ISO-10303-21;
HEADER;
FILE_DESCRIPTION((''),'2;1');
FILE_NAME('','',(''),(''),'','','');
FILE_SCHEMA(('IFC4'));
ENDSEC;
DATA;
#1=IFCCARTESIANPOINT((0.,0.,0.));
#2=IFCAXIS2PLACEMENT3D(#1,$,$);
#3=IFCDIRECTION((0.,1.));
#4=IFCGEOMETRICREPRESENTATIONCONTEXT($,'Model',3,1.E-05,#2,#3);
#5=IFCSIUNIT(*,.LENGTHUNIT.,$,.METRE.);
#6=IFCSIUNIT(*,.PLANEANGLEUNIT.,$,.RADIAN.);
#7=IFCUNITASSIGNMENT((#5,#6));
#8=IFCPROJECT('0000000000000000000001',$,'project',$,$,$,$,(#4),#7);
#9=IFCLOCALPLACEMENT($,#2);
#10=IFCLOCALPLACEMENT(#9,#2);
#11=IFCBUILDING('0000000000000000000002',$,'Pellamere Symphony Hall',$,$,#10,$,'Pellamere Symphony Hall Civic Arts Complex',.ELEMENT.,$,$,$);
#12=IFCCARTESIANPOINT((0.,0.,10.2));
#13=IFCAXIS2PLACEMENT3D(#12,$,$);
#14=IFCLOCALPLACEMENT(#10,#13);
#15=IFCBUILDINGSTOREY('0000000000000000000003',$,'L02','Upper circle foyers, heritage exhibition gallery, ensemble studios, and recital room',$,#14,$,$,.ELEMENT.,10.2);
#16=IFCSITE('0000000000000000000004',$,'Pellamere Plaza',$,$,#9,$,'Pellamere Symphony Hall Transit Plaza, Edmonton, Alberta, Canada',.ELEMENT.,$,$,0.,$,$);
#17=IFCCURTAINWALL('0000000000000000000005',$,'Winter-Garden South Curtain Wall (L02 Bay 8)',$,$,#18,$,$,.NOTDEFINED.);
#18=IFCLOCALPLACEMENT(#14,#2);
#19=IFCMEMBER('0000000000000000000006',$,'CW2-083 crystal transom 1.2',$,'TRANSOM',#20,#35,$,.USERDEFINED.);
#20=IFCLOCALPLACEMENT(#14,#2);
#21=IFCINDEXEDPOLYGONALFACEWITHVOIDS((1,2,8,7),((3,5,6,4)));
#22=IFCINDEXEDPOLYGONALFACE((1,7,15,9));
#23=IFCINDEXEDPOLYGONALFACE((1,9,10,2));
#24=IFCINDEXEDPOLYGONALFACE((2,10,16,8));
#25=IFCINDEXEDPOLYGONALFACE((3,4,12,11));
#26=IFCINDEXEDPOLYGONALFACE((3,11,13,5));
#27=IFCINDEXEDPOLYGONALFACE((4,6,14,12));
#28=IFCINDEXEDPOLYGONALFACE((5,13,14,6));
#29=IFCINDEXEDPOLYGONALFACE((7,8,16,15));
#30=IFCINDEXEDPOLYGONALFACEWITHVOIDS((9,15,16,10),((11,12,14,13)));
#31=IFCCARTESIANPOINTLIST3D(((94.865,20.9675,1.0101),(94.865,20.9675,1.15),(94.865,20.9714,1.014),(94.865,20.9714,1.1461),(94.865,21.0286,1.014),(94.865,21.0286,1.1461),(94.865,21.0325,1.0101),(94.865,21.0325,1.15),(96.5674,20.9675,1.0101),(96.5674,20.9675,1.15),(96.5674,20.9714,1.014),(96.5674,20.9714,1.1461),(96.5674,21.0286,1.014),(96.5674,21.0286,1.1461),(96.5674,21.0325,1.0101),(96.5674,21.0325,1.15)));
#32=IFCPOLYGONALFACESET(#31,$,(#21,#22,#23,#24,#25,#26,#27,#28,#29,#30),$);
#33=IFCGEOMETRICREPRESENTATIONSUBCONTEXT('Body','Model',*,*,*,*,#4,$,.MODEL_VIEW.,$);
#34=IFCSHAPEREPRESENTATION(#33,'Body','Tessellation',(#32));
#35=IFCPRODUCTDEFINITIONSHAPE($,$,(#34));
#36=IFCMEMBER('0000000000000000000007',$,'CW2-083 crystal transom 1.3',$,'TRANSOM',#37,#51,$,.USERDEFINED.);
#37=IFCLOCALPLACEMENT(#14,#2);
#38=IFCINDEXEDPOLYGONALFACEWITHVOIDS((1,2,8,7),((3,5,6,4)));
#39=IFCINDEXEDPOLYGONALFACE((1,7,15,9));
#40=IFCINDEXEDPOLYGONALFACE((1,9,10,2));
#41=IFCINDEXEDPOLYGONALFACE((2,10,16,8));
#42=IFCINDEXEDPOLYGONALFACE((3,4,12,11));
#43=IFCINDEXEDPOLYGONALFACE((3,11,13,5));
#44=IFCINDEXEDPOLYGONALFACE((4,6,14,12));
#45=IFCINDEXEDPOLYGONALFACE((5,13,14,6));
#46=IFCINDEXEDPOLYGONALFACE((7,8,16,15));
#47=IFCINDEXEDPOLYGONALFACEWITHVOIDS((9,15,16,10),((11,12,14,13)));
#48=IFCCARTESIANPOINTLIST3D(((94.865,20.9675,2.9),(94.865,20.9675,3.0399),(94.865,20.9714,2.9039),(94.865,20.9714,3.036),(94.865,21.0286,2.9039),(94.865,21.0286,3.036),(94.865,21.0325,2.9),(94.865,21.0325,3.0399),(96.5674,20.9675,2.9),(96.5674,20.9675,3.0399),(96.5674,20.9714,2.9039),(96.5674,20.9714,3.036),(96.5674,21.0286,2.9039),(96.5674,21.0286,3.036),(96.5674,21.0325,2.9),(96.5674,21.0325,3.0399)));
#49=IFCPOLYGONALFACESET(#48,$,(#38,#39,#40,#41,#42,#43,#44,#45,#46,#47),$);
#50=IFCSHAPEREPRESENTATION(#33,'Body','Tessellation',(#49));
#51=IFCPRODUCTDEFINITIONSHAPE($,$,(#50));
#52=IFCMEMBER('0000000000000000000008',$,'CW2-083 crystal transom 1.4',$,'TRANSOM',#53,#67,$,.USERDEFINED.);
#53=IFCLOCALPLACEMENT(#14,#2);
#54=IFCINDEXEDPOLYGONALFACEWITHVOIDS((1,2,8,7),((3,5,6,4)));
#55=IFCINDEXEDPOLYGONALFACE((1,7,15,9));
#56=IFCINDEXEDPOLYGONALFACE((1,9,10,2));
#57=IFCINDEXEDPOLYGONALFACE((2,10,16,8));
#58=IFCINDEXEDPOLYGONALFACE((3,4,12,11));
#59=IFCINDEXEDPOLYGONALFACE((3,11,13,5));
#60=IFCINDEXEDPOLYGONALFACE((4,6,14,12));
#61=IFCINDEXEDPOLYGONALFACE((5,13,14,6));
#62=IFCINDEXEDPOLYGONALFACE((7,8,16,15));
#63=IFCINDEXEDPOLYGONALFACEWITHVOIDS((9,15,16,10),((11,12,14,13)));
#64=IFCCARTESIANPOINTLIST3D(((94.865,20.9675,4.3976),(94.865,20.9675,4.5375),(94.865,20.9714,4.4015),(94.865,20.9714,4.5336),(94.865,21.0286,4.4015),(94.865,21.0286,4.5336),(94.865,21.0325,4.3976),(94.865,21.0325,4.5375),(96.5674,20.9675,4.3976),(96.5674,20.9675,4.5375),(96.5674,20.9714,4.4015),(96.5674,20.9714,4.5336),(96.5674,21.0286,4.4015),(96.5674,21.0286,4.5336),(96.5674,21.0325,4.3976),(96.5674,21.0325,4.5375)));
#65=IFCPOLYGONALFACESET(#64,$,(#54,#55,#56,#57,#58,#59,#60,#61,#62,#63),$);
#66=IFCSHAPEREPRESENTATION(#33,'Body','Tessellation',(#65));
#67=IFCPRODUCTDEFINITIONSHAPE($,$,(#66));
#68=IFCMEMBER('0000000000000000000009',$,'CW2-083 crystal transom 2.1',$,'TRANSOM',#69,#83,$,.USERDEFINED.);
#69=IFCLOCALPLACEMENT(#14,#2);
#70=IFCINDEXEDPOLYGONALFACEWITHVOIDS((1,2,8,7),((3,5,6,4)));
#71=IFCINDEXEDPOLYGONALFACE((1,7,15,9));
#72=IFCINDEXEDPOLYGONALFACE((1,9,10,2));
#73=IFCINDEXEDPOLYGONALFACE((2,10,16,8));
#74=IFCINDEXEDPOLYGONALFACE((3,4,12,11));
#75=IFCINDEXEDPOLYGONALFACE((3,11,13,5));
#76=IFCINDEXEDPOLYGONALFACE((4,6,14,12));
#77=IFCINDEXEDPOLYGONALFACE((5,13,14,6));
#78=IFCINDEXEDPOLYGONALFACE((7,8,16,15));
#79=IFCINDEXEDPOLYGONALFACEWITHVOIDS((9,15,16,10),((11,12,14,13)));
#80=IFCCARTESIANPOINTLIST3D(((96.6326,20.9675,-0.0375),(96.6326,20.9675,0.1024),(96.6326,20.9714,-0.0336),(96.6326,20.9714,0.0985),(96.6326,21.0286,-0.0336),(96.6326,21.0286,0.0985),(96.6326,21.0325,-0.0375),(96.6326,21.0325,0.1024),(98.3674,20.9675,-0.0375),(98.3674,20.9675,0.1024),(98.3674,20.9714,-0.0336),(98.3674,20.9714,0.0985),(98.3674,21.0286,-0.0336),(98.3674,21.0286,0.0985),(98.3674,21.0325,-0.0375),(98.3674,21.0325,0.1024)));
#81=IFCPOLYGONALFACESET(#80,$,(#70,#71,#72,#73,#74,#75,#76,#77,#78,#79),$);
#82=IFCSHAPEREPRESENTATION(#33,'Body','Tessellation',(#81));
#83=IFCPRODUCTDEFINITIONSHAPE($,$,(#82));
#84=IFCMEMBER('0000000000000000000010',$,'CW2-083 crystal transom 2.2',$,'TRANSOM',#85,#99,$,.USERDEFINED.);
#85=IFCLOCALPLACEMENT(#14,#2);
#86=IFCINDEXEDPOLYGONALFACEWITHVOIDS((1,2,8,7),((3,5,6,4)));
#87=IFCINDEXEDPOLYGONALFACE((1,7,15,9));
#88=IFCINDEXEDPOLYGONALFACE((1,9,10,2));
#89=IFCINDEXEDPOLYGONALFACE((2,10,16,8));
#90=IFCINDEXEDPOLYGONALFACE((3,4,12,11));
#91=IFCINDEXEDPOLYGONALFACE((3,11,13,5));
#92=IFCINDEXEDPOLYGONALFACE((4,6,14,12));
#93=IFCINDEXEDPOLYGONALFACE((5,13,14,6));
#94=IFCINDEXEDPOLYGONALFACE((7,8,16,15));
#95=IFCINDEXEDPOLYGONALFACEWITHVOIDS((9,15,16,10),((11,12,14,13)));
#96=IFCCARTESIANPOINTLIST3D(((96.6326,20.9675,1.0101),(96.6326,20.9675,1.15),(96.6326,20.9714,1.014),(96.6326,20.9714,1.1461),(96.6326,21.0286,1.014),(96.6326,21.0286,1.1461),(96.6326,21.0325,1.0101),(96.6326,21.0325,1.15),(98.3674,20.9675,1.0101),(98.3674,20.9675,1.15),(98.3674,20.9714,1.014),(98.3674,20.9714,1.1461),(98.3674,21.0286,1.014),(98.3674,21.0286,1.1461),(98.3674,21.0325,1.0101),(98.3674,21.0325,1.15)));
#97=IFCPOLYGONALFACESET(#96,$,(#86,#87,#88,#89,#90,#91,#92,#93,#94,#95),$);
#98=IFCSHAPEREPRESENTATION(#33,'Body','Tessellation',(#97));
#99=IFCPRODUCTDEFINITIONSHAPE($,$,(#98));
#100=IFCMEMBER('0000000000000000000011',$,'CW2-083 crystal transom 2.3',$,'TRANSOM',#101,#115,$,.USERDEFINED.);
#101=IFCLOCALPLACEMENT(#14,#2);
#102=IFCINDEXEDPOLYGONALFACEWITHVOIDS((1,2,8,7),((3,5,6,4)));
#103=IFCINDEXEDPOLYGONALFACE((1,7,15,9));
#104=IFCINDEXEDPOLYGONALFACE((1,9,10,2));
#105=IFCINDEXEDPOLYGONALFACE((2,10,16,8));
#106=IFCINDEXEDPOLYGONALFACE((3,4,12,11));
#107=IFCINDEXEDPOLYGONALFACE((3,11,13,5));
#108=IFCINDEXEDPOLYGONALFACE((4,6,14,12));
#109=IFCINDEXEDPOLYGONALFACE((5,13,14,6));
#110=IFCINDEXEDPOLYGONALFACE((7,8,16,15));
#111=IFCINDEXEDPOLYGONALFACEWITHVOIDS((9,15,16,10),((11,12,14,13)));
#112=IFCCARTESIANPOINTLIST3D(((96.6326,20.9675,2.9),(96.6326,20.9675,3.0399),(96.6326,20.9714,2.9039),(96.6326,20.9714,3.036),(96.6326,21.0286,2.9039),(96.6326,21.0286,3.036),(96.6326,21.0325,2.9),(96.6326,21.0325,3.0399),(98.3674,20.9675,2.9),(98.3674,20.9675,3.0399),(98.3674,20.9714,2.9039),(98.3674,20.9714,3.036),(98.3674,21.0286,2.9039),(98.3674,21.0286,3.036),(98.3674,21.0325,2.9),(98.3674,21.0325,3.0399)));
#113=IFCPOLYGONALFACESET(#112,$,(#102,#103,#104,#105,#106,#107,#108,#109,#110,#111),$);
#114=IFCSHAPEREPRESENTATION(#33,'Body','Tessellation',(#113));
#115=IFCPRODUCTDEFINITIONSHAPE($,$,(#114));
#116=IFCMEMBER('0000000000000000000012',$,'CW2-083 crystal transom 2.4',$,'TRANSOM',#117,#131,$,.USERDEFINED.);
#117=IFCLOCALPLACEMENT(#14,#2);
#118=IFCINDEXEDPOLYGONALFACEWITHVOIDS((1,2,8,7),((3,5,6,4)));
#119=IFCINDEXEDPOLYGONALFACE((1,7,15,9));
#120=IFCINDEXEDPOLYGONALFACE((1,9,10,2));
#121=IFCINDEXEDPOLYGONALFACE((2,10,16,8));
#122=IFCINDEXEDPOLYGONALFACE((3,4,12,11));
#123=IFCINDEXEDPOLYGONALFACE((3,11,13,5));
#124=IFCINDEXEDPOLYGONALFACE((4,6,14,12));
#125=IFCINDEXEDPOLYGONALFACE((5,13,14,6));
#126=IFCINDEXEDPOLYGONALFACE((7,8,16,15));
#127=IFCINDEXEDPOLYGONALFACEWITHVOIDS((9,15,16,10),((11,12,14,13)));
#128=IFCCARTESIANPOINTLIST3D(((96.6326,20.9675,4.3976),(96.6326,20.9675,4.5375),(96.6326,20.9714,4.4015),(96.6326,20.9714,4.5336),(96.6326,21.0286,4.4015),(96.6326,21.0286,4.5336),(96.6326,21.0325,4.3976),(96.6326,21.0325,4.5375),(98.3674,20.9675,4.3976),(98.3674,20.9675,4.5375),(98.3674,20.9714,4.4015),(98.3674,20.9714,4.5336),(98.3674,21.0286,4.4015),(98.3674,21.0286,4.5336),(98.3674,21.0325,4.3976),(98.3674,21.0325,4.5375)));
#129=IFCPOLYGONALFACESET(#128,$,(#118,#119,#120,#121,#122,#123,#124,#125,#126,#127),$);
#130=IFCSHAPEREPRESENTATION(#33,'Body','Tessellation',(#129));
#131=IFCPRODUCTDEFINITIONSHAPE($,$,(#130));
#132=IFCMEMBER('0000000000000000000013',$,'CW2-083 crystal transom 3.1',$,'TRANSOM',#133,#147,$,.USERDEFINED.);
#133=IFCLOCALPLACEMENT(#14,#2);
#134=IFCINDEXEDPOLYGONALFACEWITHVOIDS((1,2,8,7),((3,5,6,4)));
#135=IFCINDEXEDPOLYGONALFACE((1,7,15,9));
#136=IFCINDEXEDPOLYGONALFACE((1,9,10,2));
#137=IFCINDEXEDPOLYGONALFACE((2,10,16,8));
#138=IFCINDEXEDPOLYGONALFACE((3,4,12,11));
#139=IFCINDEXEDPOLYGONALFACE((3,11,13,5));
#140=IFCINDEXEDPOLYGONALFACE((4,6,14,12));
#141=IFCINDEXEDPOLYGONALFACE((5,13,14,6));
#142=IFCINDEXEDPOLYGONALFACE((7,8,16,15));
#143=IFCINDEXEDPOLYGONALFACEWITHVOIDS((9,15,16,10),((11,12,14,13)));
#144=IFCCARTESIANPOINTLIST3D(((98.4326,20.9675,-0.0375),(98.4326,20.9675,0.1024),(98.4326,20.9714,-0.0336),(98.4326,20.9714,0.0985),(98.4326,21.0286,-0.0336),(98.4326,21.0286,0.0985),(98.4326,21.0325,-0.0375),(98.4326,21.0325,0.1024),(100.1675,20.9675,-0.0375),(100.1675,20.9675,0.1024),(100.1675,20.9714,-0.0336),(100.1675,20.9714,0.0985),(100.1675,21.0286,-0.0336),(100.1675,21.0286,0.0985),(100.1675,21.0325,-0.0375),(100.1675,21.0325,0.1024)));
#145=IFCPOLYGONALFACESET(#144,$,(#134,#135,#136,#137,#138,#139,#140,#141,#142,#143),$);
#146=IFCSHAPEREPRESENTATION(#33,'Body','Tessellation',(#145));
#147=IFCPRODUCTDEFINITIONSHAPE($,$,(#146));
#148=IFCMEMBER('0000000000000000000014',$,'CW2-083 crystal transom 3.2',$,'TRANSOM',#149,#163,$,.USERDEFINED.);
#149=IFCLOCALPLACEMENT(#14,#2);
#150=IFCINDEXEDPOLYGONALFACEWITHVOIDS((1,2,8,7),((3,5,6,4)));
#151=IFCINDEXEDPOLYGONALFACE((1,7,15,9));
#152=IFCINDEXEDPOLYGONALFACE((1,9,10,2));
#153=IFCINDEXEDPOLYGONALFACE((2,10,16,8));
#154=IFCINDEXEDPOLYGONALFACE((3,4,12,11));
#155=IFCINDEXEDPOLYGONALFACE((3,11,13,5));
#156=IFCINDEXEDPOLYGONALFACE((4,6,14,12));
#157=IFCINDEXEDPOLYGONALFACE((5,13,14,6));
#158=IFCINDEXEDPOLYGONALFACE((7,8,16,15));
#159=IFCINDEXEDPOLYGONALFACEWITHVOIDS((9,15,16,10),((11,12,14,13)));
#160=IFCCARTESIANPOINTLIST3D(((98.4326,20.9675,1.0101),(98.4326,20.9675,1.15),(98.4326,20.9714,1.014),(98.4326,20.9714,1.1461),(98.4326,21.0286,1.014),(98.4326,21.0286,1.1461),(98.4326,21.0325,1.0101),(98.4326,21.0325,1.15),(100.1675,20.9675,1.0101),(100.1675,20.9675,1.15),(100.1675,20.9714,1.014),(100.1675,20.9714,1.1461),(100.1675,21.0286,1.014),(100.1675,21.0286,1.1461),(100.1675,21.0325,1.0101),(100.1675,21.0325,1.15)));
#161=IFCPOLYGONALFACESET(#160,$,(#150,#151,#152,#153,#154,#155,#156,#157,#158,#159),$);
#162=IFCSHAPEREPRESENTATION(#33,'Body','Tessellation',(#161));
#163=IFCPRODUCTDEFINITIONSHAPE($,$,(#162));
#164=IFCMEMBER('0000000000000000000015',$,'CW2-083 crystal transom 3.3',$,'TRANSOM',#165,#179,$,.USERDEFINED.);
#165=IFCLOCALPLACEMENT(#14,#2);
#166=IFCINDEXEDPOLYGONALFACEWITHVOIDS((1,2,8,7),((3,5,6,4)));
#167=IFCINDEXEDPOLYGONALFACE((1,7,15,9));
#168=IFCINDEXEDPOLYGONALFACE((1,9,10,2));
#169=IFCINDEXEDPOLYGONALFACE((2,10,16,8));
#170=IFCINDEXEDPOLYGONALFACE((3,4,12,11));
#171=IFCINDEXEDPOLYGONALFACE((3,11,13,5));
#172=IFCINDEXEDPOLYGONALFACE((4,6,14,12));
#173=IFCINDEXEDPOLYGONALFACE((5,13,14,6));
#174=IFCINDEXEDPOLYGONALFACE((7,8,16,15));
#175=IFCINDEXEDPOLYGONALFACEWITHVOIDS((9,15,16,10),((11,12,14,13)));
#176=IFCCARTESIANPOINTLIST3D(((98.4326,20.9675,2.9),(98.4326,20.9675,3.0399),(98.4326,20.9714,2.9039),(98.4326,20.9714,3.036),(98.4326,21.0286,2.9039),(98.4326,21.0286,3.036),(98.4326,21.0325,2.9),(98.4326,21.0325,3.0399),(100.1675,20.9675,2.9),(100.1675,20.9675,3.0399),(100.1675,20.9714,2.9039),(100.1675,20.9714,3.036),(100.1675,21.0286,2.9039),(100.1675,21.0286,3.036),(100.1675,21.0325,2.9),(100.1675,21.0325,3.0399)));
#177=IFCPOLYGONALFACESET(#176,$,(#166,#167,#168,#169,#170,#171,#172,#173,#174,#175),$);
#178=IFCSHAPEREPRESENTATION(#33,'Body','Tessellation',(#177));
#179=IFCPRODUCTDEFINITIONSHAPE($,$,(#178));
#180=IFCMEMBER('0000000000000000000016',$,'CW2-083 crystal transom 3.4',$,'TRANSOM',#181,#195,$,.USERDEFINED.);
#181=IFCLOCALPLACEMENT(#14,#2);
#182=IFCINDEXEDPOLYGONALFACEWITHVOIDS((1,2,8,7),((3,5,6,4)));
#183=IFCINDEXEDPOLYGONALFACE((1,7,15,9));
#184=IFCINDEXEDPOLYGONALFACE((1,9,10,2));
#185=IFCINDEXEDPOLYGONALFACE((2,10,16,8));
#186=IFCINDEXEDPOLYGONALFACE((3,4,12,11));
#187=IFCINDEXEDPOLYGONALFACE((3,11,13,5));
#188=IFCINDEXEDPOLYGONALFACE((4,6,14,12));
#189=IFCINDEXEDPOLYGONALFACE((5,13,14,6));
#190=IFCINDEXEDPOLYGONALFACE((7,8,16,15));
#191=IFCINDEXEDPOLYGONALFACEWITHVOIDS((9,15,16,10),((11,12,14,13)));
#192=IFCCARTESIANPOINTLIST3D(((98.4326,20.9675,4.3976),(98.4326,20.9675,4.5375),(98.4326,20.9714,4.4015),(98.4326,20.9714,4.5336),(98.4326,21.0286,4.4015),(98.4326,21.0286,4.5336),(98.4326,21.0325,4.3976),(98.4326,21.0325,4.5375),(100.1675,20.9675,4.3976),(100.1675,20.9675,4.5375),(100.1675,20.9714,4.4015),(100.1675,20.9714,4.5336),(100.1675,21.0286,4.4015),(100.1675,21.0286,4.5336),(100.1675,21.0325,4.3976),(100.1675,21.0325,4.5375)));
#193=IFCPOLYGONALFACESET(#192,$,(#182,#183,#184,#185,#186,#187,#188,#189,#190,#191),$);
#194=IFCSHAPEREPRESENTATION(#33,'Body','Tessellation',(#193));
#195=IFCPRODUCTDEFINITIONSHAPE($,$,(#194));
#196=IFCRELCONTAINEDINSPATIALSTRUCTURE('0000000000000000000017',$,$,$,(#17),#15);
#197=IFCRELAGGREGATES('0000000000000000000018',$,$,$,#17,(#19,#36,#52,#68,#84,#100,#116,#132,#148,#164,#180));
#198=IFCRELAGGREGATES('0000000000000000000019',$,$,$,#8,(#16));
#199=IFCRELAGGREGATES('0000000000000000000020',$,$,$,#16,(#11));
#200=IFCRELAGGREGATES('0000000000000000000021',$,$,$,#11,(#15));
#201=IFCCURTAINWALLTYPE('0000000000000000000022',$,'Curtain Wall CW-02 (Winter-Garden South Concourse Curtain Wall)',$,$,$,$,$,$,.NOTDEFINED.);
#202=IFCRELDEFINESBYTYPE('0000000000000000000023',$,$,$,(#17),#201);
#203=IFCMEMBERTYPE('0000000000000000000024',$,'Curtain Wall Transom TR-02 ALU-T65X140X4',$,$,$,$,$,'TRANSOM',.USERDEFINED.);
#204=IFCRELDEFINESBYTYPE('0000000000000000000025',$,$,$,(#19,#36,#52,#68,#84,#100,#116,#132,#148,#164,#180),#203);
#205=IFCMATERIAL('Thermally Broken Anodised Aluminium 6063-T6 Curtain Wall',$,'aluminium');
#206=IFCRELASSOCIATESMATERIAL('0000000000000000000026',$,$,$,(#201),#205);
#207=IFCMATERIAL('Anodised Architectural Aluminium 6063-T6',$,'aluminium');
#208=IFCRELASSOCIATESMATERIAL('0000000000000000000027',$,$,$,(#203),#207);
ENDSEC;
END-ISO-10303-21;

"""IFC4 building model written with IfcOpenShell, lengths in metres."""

from ifc_helpers import new_model, si_unit, direction, frame, origin, origin_2d, place, context, subcontext, project, spatial, hollow_rectangle, extrude, material, material_profile, profile_set, type_object, element, aggregate, save


model = new_model("IFC4")

# Units and contexts
model_context = context("Model", 3, precision=1e-05, world=origin(), true_north=direction((0.0, 1.0)))
body_context = subcontext(model_context, "Body", "Model", "MODEL_VIEW")
ifc_project = project(units=[si_unit("LENGTHUNIT", "METRE"), si_unit("PLANEANGLEUNIT", "RADIAN")], contexts=[model_context])

# Site, building, storey
site_placement = place(None, origin())
site = spatial("IfcSite", under=ifc_project, at=site_placement, Name="Pellamere Plaza", LongName="Pellamere Symphony Hall Transit Plaza, Edmonton, Alberta, Canada", CompositionType="ELEMENT", RefElevation=0.0)
building_placement = place(site_placement, origin())
building = spatial("IfcBuilding", under=site, at=building_placement, Name="Pellamere Symphony Hall", LongName="Pellamere Symphony Hall Civic Arts Complex", CompositionType="ELEMENT")
storey_placement = place(building_placement, frame((0.0, 0.0, 10.2)))
storey = spatial("IfcBuildingStorey", under=building, at=storey_placement, Name="L02", Description="Upper circle foyers, heritage exhibition gallery, ensemble studios, and recital room", CompositionType="ELEMENT", Elevation=10.2)

# Shared definitions
ifc_material_1 = material(Name="Thermally Broken Anodised Aluminium 6063-T6 Curtain Wall", Category="aluminium")
curtain_wall_type = type_object("IfcCurtainWallType", Name="Curtain Wall CW-02 (Winter-Garden South Concourse Curtain Wall)", PredefinedType="NOTDEFINED", material=ifc_material_1)
ifc_material_2 = material(Name="Anodised Architectural Aluminium 6063-T6", Category="aluminium")

# Curtain wall
curtain_wall_1_placement = place(storey_placement, origin())
curtain_wall_1 = element("IfcCurtainWall", 1, at=curtain_wall_1_placement, inside=storey, type_object=curtain_wall_type, Name="Winter-Garden South Curtain Wall (L02 Bay 8)", PredefinedType="NOTDEFINED")

# Members
ifc_material_profile_1 = material_profile(ifc_material_2, hollow_rectangle(XDim=0.0649, YDim=0.1399, WallThickness=0.0039, at=origin_2d()), Name="ALU-T65X140X4")
ifc_profile_set_1 = profile_set([ifc_material_profile_1], Name="Anodised Architectural Aluminium 6063-T6")
member_type_1 = type_object("IfcMemberType", Name="Curtain Wall Transom TR-02 ALU-T65X140X4", ElementType="TRANSOM", PredefinedType="USERDEFINED", material=ifc_profile_set_1)
member_1_placement = place(storey_placement, frame((94.865, 21.0, 1.0801), z_axis=(1.0, 0.0, 0.0), x_axis=(0.0, 1.0, 0.0)))
member_1 = element("IfcMember", 2, at=member_1_placement, type_object=member_type_1, Name="CW2-083 crystal transom 1.2", ObjectType="TRANSOM", PredefinedType="USERDEFINED", context=body_context, shape_type="SweptSolid", body=[
    extrude(hollow_rectangle(XDim=0.0649, YDim=0.1399, WallThickness=0.0039, at=origin_2d()), origin(), (0.0, 0.0, 1.0), 1.7024),
])
member_2_placement = place(storey_placement, frame((94.865, 21.0, 2.97), z_axis=(1.0, 0.0, 0.0), x_axis=(0.0, 1.0, 0.0)))
member_2 = element("IfcMember", 3, at=member_2_placement, type_object=member_type_1, Name="CW2-083 crystal transom 1.3", ObjectType="TRANSOM", PredefinedType="USERDEFINED", context=body_context, shape_type="SweptSolid", body=[
    extrude(hollow_rectangle(XDim=0.0649, YDim=0.1399, WallThickness=0.0039, at=origin_2d()), origin(), (0.0, 0.0, 1.0), 1.7024),
])
member_3_placement = place(storey_placement, frame((94.865, 21.0, 4.4675), z_axis=(1.0, 0.0, 0.0), x_axis=(0.0, 1.0, 0.0)))
member_3 = element("IfcMember", 4, at=member_3_placement, type_object=member_type_1, Name="CW2-083 crystal transom 1.4", ObjectType="TRANSOM", PredefinedType="USERDEFINED", context=body_context, shape_type="SweptSolid", body=[
    extrude(hollow_rectangle(XDim=0.0649, YDim=0.1399, WallThickness=0.0039, at=origin_2d()), origin(), (0.0, 0.0, 1.0), 1.7024),
])
member_4_placement = place(storey_placement, frame((96.6326, 21.0, 0.0325), z_axis=(1.0, 0.0, 0.0), x_axis=(0.0, 1.0, 0.0)))
member_4 = element("IfcMember", 5, at=member_4_placement, type_object=member_type_1, Name="CW2-083 crystal transom 2.1", ObjectType="TRANSOM", PredefinedType="USERDEFINED", context=body_context, shape_type="SweptSolid", body=[
    extrude(hollow_rectangle(XDim=0.0649, YDim=0.1399, WallThickness=0.0039, at=origin_2d()), origin(), (0.0, 0.0, 1.0), 1.7349),
])
member_5_placement = place(storey_placement, frame((96.6326, 21.0, 1.0801), z_axis=(1.0, 0.0, 0.0), x_axis=(0.0, 1.0, 0.0)))
member_5 = element("IfcMember", 6, at=member_5_placement, type_object=member_type_1, Name="CW2-083 crystal transom 2.2", ObjectType="TRANSOM", PredefinedType="USERDEFINED", context=body_context, shape_type="SweptSolid", body=[
    extrude(hollow_rectangle(XDim=0.0649, YDim=0.1399, WallThickness=0.0039, at=origin_2d()), origin(), (0.0, 0.0, 1.0), 1.7349),
])
member_6_placement = place(storey_placement, frame((96.6326, 21.0, 2.97), z_axis=(1.0, 0.0, 0.0), x_axis=(0.0, 1.0, 0.0)))
member_6 = element("IfcMember", 7, at=member_6_placement, type_object=member_type_1, Name="CW2-083 crystal transom 2.3", ObjectType="TRANSOM", PredefinedType="USERDEFINED", context=body_context, shape_type="SweptSolid", body=[
    extrude(hollow_rectangle(XDim=0.0649, YDim=0.1399, WallThickness=0.0039, at=origin_2d()), origin(), (0.0, 0.0, 1.0), 1.7349),
])
member_7_placement = place(storey_placement, frame((96.6326, 21.0, 4.4675), z_axis=(1.0, 0.0, 0.0), x_axis=(0.0, 1.0, 0.0)))
member_7 = element("IfcMember", 8, at=member_7_placement, type_object=member_type_1, Name="CW2-083 crystal transom 2.4", ObjectType="TRANSOM", PredefinedType="USERDEFINED", context=body_context, shape_type="SweptSolid", body=[
    extrude(hollow_rectangle(XDim=0.0649, YDim=0.1399, WallThickness=0.0039, at=origin_2d()), origin(), (0.0, 0.0, 1.0), 1.7349),
])
member_8_placement = place(storey_placement, frame((98.4326, 21.0, 0.0325), z_axis=(1.0, 0.0, 0.0), x_axis=(0.0, 1.0, 0.0)))
member_8 = element("IfcMember", 9, at=member_8_placement, type_object=member_type_1, Name="CW2-083 crystal transom 3.1", ObjectType="TRANSOM", PredefinedType="USERDEFINED", context=body_context, shape_type="SweptSolid", body=[
    extrude(hollow_rectangle(XDim=0.0649, YDim=0.1399, WallThickness=0.0039, at=origin_2d()), origin(), (0.0, 0.0, 1.0), 1.7349),
])
member_9_placement = place(storey_placement, frame((98.4326, 21.0, 1.0801), z_axis=(1.0, 0.0, 0.0), x_axis=(0.0, 1.0, 0.0)))
member_9 = element("IfcMember", 10, at=member_9_placement, type_object=member_type_1, Name="CW2-083 crystal transom 3.2", ObjectType="TRANSOM", PredefinedType="USERDEFINED", context=body_context, shape_type="SweptSolid", body=[
    extrude(hollow_rectangle(XDim=0.0649, YDim=0.1399, WallThickness=0.0039, at=origin_2d()), origin(), (0.0, 0.0, 1.0), 1.7349),
])
member_10_placement = place(storey_placement, frame((98.4326, 21.0, 2.97), z_axis=(1.0, 0.0, 0.0), x_axis=(0.0, 1.0, 0.0)))
member_10 = element("IfcMember", 11, at=member_10_placement, type_object=member_type_1, Name="CW2-083 crystal transom 3.3", ObjectType="TRANSOM", PredefinedType="USERDEFINED", context=body_context, shape_type="SweptSolid", body=[
    extrude(hollow_rectangle(XDim=0.0649, YDim=0.1399, WallThickness=0.0039, at=origin_2d()), origin(), (0.0, 0.0, 1.0), 1.7349),
])
member_11_placement = place(storey_placement, frame((98.4326, 21.0, 4.4675), z_axis=(1.0, 0.0, 0.0), x_axis=(0.0, 1.0, 0.0)))
member_11 = element("IfcMember", 12, at=member_11_placement, type_object=member_type_1, Name="CW2-083 crystal transom 3.4", ObjectType="TRANSOM", PredefinedType="USERDEFINED", context=body_context, shape_type="SweptSolid", body=[
    extrude(hollow_rectangle(XDim=0.0649, YDim=0.1399, WallThickness=0.0039, at=origin_2d()), origin(), (0.0, 0.0, 1.0), 1.7349),
])

aggregate(curtain_wall_1, [member_1, member_2, member_3, member_4, member_5, member_6, member_7, member_8, member_9, member_10, member_11])

save(model, "model.ifc")
